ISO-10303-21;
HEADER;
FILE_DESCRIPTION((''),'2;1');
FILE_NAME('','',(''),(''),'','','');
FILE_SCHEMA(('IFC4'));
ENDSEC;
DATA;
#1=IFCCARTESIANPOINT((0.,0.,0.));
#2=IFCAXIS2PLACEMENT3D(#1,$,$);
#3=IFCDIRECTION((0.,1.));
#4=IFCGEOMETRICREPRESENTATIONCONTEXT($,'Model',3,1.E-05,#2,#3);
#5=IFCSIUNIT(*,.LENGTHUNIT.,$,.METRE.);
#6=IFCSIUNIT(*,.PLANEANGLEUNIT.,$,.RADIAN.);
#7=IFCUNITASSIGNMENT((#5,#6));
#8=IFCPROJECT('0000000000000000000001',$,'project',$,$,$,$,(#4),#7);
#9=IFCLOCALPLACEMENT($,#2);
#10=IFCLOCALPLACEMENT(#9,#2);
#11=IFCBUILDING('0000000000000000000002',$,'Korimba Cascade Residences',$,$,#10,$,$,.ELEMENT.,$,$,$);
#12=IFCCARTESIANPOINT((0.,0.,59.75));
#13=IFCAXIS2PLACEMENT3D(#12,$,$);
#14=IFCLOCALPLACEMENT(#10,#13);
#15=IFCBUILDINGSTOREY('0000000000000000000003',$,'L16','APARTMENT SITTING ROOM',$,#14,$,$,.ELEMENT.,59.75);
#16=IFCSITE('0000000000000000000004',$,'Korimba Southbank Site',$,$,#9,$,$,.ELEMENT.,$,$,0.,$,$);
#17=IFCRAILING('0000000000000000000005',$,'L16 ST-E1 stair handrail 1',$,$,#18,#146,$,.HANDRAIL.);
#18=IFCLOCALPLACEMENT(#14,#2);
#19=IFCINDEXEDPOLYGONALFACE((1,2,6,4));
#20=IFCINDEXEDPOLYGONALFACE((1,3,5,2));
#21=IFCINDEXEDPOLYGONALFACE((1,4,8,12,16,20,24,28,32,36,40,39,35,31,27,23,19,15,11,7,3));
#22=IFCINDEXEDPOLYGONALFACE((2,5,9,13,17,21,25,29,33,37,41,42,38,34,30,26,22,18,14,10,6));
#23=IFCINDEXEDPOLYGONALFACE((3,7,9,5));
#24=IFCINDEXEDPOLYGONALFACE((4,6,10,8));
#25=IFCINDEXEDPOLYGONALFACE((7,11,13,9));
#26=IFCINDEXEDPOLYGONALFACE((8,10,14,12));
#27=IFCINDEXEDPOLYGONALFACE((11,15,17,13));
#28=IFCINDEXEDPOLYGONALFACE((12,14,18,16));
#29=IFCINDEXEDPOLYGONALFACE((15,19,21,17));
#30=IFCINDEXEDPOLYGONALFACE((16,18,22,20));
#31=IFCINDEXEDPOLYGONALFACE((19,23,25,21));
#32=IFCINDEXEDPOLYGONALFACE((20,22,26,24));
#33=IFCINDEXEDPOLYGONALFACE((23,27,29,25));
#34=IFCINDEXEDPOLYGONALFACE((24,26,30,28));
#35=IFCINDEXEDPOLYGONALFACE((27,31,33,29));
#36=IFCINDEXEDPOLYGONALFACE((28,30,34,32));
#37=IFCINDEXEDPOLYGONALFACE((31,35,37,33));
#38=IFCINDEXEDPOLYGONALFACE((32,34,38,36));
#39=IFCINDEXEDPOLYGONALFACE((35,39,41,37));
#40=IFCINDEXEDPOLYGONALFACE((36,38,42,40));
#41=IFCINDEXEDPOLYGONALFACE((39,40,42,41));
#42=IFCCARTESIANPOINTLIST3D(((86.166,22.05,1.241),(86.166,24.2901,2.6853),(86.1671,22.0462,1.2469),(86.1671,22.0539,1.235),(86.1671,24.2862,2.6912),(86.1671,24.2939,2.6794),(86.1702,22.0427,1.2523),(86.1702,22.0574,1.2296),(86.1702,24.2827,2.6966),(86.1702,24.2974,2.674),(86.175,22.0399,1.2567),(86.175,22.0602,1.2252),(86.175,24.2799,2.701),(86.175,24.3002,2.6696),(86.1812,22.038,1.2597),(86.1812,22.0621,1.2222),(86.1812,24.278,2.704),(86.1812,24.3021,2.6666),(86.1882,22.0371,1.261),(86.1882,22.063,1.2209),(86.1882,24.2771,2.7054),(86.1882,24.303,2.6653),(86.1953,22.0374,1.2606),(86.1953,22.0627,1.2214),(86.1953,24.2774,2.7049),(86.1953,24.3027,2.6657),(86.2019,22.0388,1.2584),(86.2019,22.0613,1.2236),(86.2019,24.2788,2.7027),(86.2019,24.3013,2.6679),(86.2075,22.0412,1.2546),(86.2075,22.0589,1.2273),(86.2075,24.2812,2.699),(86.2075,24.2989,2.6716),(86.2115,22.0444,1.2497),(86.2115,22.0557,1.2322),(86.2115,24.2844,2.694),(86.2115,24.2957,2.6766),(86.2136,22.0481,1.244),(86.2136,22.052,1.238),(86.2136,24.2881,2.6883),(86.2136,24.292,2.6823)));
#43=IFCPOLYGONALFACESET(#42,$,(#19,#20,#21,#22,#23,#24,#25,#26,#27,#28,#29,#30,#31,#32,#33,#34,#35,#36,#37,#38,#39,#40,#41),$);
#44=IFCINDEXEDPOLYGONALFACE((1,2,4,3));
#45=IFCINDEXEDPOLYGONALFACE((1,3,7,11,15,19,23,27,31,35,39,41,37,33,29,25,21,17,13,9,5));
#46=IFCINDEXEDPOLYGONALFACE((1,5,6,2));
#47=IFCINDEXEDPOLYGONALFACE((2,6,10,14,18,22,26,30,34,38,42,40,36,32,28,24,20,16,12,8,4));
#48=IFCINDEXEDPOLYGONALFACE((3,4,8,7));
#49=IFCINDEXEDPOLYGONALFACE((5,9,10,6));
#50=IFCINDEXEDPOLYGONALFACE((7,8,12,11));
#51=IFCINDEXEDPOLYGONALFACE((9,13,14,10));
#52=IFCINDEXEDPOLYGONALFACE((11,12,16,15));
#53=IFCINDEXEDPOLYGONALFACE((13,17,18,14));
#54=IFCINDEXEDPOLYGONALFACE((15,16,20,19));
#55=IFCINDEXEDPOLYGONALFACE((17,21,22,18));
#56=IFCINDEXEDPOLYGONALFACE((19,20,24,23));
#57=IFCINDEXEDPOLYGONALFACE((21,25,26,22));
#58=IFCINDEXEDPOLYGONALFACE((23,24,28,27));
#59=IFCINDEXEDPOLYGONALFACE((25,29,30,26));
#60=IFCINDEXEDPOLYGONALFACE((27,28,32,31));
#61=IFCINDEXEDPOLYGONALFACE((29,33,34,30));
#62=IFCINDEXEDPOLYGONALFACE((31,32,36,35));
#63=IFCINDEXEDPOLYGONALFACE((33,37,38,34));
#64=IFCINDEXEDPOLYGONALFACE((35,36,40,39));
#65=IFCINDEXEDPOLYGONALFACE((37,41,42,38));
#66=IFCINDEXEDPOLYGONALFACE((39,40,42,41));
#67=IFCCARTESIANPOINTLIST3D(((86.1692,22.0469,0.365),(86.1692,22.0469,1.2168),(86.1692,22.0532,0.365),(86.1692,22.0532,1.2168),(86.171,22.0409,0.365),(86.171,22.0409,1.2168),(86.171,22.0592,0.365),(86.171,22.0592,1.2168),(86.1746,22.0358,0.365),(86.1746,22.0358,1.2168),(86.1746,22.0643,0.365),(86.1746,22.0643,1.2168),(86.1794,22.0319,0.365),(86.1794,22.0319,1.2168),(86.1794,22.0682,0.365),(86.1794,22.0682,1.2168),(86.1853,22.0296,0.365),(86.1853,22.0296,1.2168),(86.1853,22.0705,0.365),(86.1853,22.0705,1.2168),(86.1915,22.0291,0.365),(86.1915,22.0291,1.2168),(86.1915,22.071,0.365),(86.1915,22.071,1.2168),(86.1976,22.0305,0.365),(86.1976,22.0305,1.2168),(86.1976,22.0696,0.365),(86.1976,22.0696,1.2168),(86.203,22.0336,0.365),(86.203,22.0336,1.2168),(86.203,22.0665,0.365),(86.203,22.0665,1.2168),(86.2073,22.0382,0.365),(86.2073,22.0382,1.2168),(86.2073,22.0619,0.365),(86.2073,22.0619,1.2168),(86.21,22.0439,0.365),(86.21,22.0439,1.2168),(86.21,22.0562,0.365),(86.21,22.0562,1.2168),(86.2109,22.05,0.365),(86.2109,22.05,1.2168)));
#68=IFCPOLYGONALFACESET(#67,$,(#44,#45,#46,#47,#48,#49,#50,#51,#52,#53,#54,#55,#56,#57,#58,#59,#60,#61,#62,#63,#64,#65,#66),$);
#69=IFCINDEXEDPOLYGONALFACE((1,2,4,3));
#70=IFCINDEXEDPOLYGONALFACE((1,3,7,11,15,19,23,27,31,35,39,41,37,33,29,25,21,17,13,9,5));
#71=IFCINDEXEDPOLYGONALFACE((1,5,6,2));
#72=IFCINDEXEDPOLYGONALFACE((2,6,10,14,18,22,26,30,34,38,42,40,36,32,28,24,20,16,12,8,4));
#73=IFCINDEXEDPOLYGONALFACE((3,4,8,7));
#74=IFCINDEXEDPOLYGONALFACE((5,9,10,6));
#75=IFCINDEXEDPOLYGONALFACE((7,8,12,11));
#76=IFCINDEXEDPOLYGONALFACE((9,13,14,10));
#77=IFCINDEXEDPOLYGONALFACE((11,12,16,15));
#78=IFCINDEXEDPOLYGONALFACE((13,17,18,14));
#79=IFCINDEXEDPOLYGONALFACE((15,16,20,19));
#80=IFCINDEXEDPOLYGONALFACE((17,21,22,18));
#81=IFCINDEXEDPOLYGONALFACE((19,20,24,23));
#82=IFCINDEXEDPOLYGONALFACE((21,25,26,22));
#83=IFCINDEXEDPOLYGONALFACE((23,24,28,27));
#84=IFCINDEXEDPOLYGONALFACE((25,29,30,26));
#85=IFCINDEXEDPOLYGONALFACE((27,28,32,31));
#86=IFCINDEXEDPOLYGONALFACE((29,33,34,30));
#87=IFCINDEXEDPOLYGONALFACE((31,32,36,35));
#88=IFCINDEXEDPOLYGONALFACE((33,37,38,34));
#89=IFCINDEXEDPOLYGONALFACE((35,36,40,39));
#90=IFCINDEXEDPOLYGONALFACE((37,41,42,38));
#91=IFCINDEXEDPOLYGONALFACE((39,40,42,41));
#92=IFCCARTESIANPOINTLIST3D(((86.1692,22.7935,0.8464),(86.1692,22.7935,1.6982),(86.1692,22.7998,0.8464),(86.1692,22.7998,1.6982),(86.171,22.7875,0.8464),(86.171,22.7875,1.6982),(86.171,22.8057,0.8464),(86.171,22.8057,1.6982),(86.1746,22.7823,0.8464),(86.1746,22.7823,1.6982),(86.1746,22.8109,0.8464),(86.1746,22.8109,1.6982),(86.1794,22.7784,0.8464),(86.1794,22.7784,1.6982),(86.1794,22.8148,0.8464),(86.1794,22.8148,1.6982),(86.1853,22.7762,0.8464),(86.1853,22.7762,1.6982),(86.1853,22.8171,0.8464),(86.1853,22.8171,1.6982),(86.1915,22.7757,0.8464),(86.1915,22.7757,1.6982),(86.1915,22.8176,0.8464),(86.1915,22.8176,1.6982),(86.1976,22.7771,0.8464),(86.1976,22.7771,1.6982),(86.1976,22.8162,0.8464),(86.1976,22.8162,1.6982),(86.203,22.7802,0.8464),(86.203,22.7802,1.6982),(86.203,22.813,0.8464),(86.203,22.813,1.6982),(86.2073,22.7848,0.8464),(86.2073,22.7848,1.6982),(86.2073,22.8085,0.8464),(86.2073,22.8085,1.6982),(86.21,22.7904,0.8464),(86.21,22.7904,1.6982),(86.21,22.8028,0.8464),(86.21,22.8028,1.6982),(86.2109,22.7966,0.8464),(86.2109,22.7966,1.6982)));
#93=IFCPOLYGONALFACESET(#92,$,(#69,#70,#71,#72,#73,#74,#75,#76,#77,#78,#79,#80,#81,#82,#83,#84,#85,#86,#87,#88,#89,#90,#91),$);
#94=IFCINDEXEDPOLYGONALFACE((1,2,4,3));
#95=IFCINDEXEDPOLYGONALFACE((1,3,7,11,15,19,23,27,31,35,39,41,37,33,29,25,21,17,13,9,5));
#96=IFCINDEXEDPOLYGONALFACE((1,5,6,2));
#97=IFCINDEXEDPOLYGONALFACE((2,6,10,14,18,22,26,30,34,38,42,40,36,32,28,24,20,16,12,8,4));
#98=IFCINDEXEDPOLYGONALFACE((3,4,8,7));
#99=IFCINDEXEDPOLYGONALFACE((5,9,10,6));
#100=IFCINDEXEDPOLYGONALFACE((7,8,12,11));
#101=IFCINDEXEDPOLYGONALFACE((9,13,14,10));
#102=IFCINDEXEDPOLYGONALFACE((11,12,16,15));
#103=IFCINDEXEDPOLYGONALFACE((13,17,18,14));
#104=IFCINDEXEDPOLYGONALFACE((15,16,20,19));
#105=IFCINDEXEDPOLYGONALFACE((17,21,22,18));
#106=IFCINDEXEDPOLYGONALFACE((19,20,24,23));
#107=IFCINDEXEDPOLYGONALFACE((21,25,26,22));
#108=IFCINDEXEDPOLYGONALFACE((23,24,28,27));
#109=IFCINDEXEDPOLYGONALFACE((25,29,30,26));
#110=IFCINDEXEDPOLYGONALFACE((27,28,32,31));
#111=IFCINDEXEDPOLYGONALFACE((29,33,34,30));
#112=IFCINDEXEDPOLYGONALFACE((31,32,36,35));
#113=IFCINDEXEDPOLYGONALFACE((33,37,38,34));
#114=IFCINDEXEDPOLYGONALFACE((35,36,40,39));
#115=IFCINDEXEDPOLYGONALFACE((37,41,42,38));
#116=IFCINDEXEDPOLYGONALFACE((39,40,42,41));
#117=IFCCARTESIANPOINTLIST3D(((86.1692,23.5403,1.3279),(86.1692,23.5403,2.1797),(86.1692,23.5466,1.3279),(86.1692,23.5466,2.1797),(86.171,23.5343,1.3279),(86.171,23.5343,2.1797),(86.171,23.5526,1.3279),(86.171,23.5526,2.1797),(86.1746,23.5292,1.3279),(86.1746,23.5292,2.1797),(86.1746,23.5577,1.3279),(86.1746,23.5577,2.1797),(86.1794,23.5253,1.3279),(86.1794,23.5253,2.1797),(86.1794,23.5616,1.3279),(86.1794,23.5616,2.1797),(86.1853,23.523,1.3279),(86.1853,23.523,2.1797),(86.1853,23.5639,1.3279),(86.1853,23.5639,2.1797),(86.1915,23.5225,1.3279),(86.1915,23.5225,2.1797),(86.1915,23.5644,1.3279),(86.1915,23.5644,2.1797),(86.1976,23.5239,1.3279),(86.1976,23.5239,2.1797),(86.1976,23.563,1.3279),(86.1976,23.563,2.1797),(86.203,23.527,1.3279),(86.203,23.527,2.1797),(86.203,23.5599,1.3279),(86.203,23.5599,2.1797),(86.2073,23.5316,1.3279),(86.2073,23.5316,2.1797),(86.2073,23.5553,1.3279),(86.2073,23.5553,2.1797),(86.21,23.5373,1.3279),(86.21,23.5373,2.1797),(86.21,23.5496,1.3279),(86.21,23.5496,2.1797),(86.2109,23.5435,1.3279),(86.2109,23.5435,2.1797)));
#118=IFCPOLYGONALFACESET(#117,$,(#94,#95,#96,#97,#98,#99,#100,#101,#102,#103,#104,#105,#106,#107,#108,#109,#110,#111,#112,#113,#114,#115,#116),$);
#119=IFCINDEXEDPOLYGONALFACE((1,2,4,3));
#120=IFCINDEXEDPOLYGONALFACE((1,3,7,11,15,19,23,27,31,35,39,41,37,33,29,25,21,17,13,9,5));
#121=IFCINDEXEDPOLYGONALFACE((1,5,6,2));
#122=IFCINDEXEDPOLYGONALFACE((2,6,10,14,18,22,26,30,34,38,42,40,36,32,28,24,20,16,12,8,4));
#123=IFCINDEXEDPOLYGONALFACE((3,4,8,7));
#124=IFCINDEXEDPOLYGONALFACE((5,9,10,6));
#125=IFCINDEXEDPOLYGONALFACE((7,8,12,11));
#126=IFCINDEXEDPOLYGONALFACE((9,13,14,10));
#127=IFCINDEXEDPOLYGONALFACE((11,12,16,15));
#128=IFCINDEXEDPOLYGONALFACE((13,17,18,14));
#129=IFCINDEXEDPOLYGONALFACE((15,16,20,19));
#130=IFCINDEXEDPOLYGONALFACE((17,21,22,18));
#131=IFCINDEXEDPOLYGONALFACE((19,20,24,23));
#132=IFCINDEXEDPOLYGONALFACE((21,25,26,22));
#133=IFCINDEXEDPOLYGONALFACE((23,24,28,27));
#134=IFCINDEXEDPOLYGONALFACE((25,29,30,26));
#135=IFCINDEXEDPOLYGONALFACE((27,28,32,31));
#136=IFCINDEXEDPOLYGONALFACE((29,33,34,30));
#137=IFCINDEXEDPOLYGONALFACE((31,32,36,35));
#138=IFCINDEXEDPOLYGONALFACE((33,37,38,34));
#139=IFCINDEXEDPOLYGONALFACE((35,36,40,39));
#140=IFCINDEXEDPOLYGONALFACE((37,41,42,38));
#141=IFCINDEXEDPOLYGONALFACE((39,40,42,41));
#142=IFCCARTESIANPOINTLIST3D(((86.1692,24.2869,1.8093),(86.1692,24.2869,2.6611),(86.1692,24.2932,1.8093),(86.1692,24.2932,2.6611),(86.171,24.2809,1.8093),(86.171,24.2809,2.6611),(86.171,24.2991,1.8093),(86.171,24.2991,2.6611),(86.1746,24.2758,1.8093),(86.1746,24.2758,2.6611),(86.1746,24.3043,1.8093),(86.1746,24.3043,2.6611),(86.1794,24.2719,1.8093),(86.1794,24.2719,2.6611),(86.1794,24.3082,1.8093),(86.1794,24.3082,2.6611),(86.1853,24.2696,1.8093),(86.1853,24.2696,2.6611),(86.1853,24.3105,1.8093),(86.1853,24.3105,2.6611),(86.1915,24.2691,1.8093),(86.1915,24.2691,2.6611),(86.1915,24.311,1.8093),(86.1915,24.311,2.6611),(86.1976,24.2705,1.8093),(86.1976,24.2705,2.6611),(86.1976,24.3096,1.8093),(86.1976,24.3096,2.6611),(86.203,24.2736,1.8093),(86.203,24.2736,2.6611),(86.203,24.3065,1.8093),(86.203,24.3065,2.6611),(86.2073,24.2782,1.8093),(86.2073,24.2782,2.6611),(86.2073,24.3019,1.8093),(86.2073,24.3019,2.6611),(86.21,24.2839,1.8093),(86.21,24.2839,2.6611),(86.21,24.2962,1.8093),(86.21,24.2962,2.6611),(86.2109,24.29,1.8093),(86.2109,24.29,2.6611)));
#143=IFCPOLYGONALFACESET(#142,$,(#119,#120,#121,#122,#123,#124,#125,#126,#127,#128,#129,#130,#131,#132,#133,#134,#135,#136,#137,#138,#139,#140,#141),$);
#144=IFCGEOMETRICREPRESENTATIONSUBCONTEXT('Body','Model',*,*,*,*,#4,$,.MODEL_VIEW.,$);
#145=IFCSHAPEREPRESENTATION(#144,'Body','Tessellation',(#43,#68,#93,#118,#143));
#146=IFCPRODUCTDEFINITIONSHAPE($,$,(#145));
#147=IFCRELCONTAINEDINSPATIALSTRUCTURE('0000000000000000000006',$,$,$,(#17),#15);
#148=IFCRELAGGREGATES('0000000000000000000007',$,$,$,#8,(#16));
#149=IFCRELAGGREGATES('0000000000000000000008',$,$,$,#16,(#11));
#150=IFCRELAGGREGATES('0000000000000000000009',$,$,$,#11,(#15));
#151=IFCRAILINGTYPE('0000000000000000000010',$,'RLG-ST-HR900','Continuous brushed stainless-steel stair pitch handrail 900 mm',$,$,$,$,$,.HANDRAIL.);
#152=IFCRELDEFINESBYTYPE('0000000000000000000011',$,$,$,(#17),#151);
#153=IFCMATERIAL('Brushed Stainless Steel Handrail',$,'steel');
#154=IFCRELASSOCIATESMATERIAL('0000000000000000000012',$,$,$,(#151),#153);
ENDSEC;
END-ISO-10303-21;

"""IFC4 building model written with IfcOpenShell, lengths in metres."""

from ifc_helpers import new_model, si_unit, direction, frame, origin, origin_2d, place, context, subcontext, project, spatial, circle, extrude, material, type_object, element, save


model = new_model("IFC4")

# Units and contexts
model_context = context("Model", 3, precision=1e-05, world=origin(), true_north=direction((0.0, 1.0)))
body_context = subcontext(model_context, "Body", "Model", "MODEL_VIEW")
ifc_project = project(units=[si_unit("LENGTHUNIT", "METRE"), si_unit("PLANEANGLEUNIT", "RADIAN")], contexts=[model_context])

# Site, building, storey
site_placement = place(None, origin())
site = spatial("IfcSite", under=ifc_project, at=site_placement, Name="Korimba Southbank Site", CompositionType="ELEMENT", RefElevation=0.0)
building_placement = place(site_placement, origin())
building = spatial("IfcBuilding", under=site, at=building_placement, Name="Korimba Cascade Residences", CompositionType="ELEMENT")
storey_placement = place(building_placement, frame((0.0, 0.0, 59.75)))
storey = spatial("IfcBuildingStorey", under=building, at=storey_placement, Name="L16", Description="APARTMENT SITTING ROOM", CompositionType="ELEMENT", Elevation=59.75)

# Railing
ifc_material_1 = material(Name="Brushed Stainless Steel Handrail", Category="steel")
railing_type = type_object("IfcRailingType", Name="RLG-ST-HR900", Description="Continuous brushed stainless-steel stair pitch handrail 900 mm", PredefinedType="HANDRAIL", material=ifc_material_1)
railing_placement = place(storey_placement, frame((86.1899, 22.05, 0.365)))
element("IfcRailing", 1, at=railing_placement, inside=storey, type_object=railing_type, Name="L16 ST-E1 stair handrail 1", PredefinedType="HANDRAIL", context=body_context, shape_type="SweptSolid", body=[
    extrude(circle(Radius=0.0239, at=origin_2d()), frame((0.0, 0.0, 0.876), z_axis=(0.0, 0.840437, 0.54191), x_axis=(-1.0, 0.0, 0.0)), (0.0, 0.0, 1.0), 2.6653),
    extrude(circle(Radius=0.021, at=origin_2d()), origin(), (0.0, 0.0, 1.0), 0.8518),
    extrude(circle(Radius=0.021, at=origin_2d()), frame((0.0, 0.7466, 0.4814)), (0.0, 0.0, 1.0), 0.8518),
    extrude(circle(Radius=0.021, at=origin_2d()), frame((0.0, 1.4934, 0.9629)), (0.0, 0.0, 1.0), 0.8518),
    extrude(circle(Radius=0.021, at=origin_2d()), frame((0.0, 2.24, 1.4443)), (0.0, 0.0, 1.0), 0.8518),
])

save(model, "model.ifc")
